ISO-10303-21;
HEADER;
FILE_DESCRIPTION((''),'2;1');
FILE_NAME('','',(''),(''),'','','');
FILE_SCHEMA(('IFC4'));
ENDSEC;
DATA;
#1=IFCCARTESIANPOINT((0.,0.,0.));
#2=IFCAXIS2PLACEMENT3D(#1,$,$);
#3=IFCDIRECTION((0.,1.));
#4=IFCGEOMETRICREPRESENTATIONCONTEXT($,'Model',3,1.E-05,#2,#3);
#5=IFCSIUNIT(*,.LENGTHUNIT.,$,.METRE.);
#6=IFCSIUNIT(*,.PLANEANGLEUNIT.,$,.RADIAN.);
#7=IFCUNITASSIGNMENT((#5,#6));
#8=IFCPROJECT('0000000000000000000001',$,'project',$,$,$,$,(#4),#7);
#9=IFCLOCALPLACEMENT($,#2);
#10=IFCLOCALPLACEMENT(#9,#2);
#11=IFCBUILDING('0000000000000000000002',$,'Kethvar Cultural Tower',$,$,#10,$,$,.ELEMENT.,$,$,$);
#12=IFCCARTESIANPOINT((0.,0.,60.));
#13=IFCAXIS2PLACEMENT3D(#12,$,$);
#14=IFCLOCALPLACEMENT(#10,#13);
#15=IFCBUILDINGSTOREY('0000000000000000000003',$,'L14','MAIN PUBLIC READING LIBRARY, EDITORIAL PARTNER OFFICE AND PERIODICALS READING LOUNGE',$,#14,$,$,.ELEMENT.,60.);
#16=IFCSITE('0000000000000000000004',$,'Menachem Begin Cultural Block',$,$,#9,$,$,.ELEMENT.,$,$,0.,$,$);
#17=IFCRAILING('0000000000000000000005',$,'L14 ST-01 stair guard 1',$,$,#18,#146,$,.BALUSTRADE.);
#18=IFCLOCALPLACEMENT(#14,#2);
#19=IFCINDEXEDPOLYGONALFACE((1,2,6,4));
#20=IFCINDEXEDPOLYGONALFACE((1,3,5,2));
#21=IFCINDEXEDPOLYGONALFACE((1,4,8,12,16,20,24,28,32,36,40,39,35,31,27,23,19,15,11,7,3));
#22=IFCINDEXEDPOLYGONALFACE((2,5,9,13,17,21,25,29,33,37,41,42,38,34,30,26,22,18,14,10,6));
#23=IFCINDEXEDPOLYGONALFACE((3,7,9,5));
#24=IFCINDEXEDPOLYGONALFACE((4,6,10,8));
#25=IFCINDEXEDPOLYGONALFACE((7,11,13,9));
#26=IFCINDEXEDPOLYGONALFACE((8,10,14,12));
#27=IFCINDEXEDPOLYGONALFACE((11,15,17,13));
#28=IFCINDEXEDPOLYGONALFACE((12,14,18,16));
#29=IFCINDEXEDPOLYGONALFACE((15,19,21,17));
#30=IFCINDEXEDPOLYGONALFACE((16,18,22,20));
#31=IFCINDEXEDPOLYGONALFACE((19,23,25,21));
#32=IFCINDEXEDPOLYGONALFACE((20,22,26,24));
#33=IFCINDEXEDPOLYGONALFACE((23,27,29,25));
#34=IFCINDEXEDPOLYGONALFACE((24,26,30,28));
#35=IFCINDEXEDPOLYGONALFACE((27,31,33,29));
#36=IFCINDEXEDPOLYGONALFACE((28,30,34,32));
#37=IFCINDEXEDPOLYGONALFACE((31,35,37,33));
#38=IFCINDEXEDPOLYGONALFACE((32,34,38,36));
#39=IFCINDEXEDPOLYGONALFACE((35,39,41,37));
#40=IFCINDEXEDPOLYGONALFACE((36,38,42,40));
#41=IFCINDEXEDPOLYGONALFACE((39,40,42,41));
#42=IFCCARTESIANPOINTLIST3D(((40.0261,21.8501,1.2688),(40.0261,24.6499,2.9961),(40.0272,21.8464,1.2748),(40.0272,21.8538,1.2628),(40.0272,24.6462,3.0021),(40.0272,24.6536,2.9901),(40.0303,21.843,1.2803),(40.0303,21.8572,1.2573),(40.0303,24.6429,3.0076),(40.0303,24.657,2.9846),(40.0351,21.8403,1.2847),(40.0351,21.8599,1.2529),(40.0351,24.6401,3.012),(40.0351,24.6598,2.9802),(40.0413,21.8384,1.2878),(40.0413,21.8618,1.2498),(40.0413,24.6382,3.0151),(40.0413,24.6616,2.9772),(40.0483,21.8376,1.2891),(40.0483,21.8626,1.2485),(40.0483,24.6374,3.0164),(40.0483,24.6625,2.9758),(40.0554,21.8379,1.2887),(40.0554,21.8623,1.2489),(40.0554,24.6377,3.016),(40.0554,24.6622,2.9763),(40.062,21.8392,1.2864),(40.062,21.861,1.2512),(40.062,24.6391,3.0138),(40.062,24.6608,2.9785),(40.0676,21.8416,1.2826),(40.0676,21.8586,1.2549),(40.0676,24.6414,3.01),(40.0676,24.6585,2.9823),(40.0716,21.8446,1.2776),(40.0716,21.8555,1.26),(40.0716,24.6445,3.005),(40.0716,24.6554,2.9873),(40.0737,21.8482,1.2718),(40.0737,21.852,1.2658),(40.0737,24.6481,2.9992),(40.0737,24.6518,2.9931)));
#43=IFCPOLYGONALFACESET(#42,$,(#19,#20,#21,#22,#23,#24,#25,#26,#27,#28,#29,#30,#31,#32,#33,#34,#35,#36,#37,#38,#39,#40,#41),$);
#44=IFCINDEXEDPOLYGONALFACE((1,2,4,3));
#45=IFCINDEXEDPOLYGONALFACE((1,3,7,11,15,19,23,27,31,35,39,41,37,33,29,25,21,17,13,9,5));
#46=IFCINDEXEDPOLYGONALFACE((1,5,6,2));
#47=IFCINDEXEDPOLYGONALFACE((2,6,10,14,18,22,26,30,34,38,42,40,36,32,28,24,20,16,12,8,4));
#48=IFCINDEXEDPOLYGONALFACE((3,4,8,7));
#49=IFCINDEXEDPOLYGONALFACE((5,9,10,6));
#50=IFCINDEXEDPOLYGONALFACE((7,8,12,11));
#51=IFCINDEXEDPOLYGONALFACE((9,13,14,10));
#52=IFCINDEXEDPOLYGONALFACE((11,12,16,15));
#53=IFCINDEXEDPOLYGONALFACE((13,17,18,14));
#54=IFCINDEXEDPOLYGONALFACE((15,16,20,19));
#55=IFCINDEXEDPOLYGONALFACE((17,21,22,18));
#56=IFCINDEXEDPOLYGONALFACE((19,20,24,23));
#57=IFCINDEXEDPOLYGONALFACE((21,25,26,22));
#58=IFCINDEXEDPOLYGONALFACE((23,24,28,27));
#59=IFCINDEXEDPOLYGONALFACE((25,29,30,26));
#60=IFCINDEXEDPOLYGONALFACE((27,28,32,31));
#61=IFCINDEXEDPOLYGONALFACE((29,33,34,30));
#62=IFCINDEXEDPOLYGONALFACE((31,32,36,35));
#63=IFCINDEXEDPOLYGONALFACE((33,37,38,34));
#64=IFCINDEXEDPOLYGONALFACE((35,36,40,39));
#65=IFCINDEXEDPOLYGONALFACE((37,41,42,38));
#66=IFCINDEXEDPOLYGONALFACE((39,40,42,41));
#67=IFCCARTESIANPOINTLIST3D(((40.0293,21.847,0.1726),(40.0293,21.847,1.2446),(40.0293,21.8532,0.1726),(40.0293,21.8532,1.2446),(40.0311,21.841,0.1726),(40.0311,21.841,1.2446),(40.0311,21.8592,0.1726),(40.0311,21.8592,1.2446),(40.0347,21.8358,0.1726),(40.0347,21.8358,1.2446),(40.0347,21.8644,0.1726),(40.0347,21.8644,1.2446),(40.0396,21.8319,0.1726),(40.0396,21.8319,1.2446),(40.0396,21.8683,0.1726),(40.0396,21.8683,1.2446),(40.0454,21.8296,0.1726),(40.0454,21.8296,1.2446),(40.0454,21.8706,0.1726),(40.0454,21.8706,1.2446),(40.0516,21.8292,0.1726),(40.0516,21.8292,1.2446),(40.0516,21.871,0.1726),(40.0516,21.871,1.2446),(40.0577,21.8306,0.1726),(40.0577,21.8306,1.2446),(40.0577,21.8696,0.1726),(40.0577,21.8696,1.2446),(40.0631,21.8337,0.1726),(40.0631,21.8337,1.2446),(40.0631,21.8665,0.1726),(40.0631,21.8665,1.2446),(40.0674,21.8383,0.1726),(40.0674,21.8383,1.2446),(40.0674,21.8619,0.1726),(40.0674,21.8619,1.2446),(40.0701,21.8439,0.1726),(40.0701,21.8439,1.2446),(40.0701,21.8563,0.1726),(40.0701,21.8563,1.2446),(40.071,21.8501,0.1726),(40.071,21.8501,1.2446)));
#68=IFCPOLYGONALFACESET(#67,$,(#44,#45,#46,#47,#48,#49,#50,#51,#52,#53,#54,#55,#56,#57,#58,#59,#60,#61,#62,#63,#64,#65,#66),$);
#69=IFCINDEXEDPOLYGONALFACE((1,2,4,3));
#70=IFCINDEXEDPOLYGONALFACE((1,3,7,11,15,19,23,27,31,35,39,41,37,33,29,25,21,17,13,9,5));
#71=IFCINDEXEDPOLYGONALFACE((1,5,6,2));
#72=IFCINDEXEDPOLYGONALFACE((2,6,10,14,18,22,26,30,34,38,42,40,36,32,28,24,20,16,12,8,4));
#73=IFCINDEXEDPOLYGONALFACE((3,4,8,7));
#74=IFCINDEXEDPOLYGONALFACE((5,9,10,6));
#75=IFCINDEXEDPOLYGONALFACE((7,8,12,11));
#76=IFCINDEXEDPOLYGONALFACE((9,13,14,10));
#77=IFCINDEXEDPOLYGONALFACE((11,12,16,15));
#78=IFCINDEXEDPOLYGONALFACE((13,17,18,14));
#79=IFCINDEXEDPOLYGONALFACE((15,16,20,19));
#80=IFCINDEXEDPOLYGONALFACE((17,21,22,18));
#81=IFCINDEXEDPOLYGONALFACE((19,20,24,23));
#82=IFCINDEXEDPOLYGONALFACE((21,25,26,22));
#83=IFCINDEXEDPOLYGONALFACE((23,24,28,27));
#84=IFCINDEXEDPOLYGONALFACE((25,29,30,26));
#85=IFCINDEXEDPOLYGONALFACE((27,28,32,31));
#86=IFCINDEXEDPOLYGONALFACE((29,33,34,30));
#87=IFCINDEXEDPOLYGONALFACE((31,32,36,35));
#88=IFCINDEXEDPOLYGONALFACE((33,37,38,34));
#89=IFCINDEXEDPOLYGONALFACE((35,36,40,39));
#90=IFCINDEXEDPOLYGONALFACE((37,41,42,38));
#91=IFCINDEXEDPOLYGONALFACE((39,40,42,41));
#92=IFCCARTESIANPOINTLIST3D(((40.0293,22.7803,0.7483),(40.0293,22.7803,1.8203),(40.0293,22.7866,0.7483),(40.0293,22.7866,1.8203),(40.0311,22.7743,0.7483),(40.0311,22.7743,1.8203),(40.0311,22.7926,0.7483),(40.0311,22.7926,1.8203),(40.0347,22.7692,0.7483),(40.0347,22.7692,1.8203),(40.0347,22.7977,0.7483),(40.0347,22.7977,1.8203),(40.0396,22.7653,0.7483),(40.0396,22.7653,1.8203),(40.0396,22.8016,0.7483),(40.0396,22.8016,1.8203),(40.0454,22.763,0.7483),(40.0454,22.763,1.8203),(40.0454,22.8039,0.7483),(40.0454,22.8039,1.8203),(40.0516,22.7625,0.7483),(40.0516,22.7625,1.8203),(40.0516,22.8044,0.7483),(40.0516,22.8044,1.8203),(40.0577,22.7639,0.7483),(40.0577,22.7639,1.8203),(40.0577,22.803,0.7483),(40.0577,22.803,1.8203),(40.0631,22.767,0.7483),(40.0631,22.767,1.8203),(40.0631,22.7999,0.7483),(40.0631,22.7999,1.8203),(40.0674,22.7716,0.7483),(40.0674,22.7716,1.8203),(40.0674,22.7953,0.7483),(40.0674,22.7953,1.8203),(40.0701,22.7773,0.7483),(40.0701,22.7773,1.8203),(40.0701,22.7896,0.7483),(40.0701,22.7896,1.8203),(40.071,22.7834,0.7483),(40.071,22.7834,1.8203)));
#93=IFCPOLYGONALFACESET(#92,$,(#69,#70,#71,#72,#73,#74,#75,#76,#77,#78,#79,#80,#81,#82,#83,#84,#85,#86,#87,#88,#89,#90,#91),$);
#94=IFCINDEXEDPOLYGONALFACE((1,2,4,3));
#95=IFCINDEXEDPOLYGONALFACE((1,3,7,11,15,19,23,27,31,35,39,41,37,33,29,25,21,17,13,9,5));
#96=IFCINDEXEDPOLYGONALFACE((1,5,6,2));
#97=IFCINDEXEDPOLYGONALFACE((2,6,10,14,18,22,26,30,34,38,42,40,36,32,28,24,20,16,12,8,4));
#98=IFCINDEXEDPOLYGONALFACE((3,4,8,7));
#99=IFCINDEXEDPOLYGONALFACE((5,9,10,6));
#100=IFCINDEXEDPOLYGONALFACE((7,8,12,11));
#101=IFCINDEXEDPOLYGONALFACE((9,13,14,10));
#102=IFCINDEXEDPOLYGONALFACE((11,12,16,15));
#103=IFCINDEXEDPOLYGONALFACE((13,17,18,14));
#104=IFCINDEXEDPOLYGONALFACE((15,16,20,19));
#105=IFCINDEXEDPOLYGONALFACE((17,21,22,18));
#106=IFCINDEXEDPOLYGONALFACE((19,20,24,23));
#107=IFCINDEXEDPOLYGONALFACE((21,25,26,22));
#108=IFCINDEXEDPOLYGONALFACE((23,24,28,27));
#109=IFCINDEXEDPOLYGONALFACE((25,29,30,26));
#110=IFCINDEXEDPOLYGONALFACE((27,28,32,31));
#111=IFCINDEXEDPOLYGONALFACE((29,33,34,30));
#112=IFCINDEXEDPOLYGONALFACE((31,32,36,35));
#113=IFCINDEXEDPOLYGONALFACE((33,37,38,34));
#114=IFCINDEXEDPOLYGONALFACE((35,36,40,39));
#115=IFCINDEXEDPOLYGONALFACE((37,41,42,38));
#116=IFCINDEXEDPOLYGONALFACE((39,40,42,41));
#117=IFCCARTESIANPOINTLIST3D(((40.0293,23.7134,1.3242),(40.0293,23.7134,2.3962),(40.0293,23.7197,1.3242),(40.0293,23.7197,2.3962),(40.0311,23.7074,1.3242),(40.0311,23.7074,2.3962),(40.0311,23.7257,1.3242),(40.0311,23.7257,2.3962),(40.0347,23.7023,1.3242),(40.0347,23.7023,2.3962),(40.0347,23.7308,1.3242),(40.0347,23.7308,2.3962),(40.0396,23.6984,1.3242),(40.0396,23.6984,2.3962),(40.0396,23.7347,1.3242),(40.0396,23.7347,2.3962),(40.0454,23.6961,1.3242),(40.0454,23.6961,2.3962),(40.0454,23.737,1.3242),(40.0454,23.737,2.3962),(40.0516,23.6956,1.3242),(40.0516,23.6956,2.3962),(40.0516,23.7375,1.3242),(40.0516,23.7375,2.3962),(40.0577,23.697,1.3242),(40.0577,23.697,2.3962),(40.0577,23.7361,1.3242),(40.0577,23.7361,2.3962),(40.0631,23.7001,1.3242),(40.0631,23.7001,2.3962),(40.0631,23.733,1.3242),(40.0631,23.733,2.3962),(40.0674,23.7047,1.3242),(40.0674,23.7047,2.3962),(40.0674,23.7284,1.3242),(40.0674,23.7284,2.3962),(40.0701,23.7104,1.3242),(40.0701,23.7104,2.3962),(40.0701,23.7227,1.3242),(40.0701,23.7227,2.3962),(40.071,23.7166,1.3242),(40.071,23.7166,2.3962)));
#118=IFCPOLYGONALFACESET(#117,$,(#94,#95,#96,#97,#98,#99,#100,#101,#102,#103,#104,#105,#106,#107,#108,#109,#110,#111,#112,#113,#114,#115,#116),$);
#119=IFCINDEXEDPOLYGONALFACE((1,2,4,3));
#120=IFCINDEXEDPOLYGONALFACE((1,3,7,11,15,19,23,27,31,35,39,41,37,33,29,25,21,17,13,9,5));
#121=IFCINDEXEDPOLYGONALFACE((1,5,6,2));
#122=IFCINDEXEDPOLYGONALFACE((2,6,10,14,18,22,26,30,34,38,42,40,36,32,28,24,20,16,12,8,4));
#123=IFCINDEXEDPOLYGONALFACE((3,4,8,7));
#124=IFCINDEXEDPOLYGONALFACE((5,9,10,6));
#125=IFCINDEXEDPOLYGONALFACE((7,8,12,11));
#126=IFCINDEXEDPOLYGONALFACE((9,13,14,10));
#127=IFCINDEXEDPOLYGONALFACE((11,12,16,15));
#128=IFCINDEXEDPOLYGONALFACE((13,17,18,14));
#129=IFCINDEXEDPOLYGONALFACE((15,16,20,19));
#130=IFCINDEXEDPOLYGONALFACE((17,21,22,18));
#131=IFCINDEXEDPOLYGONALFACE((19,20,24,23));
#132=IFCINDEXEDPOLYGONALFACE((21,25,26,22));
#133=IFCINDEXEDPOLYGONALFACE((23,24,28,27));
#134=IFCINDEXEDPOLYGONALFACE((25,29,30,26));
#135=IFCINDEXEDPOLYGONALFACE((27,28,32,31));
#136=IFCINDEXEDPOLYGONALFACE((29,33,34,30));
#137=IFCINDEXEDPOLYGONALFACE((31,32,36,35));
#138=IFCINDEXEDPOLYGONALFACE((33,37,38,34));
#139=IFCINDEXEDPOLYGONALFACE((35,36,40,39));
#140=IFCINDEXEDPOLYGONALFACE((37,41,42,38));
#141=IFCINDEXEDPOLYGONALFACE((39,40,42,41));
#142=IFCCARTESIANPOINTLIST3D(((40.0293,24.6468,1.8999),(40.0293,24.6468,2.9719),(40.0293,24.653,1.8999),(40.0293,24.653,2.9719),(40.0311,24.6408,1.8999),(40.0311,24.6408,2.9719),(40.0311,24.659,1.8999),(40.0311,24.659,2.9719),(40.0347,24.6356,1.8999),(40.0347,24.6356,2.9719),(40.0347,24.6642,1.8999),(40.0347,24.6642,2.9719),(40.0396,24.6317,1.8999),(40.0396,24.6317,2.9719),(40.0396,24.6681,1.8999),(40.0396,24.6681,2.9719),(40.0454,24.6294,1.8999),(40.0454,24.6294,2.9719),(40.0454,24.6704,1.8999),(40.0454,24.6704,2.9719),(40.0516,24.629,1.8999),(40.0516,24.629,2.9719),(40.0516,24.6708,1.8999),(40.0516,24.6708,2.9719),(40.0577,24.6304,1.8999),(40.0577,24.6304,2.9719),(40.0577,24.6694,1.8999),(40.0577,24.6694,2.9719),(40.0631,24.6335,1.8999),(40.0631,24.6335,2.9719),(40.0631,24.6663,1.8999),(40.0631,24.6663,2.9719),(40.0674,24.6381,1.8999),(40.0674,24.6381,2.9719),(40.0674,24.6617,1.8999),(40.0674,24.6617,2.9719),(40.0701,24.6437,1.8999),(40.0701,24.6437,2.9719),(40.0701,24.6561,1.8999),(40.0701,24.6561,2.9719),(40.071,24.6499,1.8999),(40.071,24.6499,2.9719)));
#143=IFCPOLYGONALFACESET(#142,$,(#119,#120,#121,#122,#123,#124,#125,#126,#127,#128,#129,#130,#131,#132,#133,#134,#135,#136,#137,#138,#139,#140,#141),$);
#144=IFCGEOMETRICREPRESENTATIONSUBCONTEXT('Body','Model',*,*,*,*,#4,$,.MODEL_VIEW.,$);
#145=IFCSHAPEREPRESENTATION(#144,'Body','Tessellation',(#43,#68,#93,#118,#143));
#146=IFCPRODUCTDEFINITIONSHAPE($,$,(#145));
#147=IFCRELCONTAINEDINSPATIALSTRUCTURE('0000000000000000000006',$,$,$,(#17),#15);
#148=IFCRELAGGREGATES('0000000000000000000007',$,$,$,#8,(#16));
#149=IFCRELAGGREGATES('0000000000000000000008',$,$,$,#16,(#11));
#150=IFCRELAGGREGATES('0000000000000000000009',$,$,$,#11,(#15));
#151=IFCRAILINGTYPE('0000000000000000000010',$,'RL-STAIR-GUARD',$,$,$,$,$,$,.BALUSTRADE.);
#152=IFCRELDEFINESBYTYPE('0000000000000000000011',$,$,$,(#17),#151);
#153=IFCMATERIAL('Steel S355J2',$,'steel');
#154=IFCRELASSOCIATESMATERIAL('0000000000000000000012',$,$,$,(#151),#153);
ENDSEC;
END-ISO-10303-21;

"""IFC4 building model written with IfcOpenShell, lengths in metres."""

from ifc_helpers import new_model, si_unit, direction, frame, origin, origin_2d, place, context, subcontext, project, spatial, circle, extrude, material, type_object, element, save


model = new_model("IFC4")

# Units and contexts
model_context = context("Model", 3, precision=1e-05, world=origin(), true_north=direction((0.0, 1.0)))
body_context = subcontext(model_context, "Body", "Model", "MODEL_VIEW")
ifc_project = project(units=[si_unit("LENGTHUNIT", "METRE"), si_unit("PLANEANGLEUNIT", "RADIAN")], contexts=[model_context])

# Site, building, storey
site_placement = place(None, origin())
site = spatial("IfcSite", under=ifc_project, at=site_placement, Name="Menachem Begin Cultural Block", CompositionType="ELEMENT", RefElevation=0.0)
building_placement = place(site_placement, origin())
building = spatial("IfcBuilding", under=site, at=building_placement, Name="Kethvar Cultural Tower", CompositionType="ELEMENT")
storey_placement = place(building_placement, frame((0.0, 0.0, 60.0)))
storey = spatial("IfcBuildingStorey", under=building, at=storey_placement, Name="L14", Description="MAIN PUBLIC READING LIBRARY, EDITORIAL PARTNER OFFICE AND PERIODICALS READING LOUNGE", CompositionType="ELEMENT", Elevation=60.0)

# Shared definitions
ifc_material_1 = material(Name="Steel S355J2", Category="steel")

# Railing
railing_type_1 = type_object("IfcRailingType", Name="RL-STAIR-GUARD", PredefinedType="BALUSTRADE", material=ifc_material_1)
railing_1_placement = place(storey_placement, frame((40.05, 21.8501, 0.1726)))
element("IfcRailing", 1, at=railing_1_placement, inside=storey, type_object=railing_type_1, Name="L14 ST-01 stair guard 1", PredefinedType="BALUSTRADE", context=body_context, shape_type="SweptSolid", body=[
    extrude(circle(Radius=0.0239, at=origin_2d()), frame((0.0, 0.0, 1.0962), z_axis=(0.0, 0.851069, 0.525054), x_axis=(-1.0, 0.0, 0.0)), (0.0, 0.0, 1.0), 3.2898),
    extrude(circle(Radius=0.021, at=origin_2d()), origin(), (0.0, 0.0, 1.0), 1.072),
    extrude(circle(Radius=0.021, at=origin_2d()), frame((0.0, 0.9333, 0.5757)), (0.0, 0.0, 1.0), 1.072),
    extrude(circle(Radius=0.021, at=origin_2d()), frame((0.0, 1.8665, 1.1516)), (0.0, 0.0, 1.0), 1.072),
    extrude(circle(Radius=0.021, at=origin_2d()), frame((0.0, 2.7998, 1.7273)), (0.0, 0.0, 1.0), 1.072),
])

save(model, "model.ifc")
